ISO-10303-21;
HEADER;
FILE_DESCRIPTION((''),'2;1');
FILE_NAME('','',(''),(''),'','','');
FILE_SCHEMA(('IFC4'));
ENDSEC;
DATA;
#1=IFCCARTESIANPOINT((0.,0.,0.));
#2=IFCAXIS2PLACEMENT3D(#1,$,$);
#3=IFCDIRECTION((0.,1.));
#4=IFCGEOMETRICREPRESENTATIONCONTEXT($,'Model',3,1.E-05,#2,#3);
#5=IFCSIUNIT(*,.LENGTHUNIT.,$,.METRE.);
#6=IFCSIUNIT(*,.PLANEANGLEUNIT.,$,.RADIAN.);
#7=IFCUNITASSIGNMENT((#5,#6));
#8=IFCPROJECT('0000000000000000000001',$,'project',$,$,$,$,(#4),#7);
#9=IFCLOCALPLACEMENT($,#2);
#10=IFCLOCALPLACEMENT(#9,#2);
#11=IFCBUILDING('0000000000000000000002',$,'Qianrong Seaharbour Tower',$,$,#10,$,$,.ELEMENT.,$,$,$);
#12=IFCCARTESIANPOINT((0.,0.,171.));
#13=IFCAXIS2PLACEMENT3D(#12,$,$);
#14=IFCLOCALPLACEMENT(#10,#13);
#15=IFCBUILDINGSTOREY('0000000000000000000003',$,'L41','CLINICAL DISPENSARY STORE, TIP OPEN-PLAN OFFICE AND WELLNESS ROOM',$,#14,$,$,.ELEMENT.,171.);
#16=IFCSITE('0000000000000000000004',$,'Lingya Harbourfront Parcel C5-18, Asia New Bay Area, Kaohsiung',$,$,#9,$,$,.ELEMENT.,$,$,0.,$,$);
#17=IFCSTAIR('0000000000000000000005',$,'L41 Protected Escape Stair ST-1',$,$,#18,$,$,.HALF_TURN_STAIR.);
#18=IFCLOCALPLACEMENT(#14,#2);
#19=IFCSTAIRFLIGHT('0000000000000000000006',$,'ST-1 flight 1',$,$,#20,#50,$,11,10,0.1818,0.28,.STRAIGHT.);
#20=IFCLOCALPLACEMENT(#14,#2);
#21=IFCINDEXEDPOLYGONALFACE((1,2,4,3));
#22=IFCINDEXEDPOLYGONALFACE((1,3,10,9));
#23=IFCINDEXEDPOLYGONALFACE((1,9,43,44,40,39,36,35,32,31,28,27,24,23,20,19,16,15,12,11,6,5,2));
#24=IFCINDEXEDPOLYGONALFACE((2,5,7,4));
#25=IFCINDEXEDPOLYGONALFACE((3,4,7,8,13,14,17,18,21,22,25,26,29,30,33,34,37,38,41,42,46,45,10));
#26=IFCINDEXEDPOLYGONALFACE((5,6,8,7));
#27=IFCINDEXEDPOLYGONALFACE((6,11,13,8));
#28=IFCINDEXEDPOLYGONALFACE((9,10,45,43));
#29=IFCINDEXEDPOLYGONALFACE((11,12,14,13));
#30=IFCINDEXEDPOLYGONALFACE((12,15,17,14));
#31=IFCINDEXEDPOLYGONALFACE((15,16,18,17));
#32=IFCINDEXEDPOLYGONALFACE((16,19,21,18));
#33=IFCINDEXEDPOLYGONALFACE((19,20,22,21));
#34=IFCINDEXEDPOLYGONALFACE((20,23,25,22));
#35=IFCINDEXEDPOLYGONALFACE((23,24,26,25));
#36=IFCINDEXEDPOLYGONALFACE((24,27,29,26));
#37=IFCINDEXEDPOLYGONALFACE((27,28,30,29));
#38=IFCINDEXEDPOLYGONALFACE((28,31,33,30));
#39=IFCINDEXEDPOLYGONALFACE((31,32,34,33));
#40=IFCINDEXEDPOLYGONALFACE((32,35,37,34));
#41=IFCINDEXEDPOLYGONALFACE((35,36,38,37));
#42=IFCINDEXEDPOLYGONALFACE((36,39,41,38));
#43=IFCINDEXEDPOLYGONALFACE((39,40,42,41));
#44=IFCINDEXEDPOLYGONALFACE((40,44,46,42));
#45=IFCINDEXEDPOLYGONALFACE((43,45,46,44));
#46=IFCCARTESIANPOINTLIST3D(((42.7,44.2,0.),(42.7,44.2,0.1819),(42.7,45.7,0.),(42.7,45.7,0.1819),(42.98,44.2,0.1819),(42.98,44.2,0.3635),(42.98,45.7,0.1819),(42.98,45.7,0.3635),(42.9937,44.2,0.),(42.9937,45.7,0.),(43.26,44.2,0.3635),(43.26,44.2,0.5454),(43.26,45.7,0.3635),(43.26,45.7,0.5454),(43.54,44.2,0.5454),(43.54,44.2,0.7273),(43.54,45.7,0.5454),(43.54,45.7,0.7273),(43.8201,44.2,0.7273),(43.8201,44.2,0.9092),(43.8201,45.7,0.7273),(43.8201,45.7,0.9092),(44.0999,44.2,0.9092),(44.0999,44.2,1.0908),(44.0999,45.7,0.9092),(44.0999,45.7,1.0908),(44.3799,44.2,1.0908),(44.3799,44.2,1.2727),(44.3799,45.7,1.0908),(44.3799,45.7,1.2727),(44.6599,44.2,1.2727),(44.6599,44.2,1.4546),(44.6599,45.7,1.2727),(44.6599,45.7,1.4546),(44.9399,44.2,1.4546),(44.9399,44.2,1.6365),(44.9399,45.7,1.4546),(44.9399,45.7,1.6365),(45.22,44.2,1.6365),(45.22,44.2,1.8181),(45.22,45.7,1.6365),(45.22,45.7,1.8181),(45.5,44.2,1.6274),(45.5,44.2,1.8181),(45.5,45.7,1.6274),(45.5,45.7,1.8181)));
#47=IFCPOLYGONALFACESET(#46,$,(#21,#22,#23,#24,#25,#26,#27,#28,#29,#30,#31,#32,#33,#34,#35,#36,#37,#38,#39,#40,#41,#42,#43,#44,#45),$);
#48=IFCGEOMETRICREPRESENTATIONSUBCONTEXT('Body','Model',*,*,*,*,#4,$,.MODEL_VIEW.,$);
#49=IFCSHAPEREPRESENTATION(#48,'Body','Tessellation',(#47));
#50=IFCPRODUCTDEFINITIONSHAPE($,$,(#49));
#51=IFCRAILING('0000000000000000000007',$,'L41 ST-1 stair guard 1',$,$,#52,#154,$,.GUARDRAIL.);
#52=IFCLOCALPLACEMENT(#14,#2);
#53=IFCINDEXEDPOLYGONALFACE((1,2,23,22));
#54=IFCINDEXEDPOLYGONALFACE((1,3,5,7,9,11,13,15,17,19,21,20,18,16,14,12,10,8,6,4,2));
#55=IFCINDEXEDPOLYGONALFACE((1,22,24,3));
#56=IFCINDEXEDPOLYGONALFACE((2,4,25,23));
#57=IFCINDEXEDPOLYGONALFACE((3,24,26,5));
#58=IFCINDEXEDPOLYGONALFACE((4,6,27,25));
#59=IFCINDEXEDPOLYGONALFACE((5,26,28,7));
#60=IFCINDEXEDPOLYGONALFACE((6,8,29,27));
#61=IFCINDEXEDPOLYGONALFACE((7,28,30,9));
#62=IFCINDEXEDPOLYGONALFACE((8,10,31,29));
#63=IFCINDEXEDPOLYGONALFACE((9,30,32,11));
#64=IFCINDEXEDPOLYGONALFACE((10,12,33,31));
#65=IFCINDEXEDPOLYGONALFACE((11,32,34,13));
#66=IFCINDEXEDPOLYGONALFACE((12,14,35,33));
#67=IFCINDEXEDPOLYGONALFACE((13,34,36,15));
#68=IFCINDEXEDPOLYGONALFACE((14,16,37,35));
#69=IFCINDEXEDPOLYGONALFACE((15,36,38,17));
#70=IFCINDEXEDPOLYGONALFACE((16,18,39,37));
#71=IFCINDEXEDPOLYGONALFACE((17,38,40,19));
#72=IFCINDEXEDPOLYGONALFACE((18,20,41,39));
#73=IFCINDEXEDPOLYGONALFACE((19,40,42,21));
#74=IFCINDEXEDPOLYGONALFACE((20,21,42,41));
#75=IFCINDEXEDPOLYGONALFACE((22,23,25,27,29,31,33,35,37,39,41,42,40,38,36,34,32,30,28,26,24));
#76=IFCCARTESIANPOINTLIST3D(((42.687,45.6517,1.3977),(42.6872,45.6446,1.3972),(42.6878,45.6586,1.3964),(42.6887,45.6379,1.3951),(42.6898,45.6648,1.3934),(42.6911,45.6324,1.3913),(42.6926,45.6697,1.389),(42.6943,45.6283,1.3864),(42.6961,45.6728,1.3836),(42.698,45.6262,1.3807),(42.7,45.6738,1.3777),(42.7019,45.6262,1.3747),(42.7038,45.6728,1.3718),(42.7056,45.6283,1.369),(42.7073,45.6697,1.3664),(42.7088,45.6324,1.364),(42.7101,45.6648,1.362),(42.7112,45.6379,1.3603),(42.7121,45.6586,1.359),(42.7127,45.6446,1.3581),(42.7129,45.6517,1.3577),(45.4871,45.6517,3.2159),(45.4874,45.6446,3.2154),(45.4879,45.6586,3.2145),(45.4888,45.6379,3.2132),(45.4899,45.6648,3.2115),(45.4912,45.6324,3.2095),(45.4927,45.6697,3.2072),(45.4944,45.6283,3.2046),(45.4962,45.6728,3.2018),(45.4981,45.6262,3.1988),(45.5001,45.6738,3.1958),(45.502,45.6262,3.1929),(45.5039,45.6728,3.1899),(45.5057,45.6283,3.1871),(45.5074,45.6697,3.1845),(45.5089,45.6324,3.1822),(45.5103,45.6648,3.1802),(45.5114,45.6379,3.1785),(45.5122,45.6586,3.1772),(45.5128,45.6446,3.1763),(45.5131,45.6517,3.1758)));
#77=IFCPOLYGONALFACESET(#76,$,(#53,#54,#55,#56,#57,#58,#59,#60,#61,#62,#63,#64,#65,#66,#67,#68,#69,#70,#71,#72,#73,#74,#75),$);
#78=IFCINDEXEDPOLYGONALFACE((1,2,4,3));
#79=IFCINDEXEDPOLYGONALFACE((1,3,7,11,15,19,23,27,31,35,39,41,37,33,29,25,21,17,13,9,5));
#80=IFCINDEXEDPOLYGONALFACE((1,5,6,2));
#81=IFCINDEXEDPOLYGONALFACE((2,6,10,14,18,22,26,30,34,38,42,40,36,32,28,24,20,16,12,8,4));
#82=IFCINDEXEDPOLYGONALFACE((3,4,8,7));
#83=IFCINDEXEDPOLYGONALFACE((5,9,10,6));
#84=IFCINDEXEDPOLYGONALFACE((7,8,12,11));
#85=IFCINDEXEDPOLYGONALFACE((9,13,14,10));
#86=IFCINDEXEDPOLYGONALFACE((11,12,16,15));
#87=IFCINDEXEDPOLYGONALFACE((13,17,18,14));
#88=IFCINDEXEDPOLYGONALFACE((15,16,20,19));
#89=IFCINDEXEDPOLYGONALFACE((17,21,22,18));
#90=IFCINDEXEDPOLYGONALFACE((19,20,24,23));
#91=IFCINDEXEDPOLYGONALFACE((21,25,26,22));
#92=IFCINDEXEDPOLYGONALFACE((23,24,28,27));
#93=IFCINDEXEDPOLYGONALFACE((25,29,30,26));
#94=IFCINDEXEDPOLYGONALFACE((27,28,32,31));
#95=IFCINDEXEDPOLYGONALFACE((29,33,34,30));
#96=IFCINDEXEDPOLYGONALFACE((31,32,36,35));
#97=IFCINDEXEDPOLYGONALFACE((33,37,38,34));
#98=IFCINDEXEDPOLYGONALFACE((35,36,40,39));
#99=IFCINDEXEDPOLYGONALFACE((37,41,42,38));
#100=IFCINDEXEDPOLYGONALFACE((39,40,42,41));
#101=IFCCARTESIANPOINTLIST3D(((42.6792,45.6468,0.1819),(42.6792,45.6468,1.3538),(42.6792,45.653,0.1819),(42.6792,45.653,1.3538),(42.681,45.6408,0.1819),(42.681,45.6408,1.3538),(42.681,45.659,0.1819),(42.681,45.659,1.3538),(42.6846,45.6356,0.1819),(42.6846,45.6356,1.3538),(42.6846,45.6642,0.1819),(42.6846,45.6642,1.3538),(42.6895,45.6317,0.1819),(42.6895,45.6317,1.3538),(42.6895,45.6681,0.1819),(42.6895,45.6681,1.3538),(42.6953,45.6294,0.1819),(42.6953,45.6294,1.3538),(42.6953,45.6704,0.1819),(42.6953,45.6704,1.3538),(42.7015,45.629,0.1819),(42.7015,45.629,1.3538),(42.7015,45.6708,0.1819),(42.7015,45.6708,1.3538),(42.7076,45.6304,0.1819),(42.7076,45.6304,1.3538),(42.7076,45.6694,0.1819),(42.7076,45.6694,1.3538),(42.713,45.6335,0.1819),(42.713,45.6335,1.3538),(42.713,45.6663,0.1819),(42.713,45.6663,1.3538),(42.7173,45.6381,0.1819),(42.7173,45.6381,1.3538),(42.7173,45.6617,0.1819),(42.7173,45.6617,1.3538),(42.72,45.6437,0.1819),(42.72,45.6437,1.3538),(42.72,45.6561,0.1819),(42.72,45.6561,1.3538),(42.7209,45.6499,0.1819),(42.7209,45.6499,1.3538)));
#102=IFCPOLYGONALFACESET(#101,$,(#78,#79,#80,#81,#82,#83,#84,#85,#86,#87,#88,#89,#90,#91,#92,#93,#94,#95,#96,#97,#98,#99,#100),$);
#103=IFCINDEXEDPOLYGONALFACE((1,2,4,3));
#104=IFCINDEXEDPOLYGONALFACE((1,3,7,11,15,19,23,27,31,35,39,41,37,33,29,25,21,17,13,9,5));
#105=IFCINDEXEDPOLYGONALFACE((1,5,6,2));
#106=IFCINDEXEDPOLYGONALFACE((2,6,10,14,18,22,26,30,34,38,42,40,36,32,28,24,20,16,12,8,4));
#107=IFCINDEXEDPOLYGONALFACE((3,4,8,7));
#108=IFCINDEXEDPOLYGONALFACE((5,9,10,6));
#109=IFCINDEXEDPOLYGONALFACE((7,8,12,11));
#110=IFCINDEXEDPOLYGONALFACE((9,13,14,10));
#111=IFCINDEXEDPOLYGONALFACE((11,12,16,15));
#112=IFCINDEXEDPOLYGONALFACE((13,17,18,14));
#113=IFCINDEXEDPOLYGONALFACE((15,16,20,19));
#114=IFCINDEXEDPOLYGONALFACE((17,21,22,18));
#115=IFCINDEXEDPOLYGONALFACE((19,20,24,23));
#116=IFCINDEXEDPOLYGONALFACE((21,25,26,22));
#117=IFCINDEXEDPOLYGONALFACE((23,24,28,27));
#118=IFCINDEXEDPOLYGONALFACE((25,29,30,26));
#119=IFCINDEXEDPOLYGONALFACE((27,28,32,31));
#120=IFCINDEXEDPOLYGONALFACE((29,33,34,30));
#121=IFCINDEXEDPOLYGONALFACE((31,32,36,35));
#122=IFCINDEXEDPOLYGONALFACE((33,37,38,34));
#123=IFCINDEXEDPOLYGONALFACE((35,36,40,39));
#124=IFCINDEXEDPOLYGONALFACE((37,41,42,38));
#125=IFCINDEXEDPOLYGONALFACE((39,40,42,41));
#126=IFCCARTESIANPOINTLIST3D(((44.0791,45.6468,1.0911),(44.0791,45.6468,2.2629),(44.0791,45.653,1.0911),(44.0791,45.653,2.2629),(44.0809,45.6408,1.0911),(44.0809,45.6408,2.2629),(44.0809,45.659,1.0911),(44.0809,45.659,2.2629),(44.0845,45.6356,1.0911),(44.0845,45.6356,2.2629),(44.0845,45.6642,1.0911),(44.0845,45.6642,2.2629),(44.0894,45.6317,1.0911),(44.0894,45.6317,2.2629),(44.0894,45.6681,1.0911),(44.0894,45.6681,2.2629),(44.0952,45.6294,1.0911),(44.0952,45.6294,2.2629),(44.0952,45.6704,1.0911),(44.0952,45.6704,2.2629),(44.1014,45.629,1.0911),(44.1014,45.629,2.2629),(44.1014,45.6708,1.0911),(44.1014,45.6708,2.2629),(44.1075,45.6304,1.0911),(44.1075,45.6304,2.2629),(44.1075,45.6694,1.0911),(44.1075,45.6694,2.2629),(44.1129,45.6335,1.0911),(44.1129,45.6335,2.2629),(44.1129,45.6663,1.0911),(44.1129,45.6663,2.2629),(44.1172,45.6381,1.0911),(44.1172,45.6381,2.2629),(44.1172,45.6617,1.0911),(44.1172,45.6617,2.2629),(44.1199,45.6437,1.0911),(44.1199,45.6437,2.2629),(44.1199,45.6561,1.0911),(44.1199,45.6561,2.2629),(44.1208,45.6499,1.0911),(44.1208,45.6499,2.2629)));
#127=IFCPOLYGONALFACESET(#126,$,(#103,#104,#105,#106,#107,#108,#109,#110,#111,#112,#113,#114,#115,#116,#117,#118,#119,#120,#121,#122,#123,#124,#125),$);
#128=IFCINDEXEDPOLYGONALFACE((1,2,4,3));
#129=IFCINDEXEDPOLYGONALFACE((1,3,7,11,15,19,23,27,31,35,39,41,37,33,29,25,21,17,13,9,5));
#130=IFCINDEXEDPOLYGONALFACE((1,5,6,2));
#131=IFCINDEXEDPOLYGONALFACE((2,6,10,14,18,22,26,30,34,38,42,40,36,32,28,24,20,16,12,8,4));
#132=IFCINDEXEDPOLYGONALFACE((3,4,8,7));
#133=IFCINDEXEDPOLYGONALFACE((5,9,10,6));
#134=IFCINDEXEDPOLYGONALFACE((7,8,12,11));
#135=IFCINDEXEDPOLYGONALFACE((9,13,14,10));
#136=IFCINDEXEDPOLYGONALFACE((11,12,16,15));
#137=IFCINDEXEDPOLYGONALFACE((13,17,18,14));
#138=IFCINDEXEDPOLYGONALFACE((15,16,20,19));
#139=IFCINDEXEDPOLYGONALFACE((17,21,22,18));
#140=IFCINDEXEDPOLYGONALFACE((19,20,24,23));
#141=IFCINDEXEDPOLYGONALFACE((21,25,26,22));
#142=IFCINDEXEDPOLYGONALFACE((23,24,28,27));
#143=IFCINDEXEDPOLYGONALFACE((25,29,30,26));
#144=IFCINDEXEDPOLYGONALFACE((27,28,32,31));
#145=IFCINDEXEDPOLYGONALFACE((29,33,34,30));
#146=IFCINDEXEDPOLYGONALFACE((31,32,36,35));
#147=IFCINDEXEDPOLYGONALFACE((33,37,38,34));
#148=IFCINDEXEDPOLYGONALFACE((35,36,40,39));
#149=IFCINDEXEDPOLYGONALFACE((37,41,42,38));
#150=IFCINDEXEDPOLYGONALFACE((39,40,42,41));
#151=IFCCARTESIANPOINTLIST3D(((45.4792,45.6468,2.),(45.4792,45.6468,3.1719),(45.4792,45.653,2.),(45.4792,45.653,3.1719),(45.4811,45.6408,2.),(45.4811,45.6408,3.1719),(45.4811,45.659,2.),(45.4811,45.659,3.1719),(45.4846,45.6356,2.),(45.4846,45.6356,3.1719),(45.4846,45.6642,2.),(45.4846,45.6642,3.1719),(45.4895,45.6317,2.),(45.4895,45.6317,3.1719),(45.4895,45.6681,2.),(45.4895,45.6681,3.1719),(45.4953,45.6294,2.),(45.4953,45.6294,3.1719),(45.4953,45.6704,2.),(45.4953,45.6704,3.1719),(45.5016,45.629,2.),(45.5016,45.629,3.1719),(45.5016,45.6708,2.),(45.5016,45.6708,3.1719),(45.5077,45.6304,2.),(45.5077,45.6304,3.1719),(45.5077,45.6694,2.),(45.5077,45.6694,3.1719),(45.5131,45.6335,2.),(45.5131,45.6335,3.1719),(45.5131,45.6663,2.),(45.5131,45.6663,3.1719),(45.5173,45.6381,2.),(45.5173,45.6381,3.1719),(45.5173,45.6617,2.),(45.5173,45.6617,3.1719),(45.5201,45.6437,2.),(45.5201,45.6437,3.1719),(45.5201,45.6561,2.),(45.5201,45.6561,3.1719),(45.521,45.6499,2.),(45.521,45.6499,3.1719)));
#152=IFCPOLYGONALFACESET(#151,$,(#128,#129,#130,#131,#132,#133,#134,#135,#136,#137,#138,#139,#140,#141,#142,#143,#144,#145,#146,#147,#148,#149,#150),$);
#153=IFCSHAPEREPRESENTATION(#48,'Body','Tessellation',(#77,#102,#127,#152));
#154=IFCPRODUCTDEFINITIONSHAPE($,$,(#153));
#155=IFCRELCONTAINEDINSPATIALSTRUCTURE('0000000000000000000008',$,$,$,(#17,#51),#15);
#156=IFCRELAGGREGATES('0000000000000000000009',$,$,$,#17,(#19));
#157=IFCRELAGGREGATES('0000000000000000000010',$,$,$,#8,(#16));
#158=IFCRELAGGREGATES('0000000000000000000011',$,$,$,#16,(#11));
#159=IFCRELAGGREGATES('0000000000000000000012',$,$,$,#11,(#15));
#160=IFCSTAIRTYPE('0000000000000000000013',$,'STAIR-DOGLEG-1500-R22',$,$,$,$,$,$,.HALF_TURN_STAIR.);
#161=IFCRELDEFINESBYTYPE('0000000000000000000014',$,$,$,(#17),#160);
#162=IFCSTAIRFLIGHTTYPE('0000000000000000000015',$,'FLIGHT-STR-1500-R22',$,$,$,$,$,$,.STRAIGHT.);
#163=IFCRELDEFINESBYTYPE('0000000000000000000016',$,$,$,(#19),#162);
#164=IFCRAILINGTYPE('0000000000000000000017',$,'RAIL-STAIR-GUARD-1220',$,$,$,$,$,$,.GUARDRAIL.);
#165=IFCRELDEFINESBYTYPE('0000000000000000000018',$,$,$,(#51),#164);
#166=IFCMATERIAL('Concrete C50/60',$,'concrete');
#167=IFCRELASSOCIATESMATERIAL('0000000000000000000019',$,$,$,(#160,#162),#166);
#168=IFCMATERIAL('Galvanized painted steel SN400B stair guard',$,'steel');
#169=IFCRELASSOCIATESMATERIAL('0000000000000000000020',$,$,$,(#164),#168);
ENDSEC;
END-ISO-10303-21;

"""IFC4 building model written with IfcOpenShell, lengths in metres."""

from ifc_helpers import new_model, si_unit, direction, frame, origin, origin_2d, place, context, subcontext, project, spatial, polyline, circle, outline, extrude, material, type_object, element, aggregate, save


model = new_model("IFC4")

# Units and contexts
model_context = context("Model", 3, precision=1e-05, world=origin(), true_north=direction((0.0, 1.0)))
body_context = subcontext(model_context, "Body", "Model", "MODEL_VIEW")
ifc_project = project(units=[si_unit("LENGTHUNIT", "METRE"), si_unit("PLANEANGLEUNIT", "RADIAN")], contexts=[model_context])

# Site, building, storey
site_placement = place(None, origin())
site = spatial("IfcSite", under=ifc_project, at=site_placement, Name="Lingya Harbourfront Parcel C5-18, Asia New Bay Area, Kaohsiung", CompositionType="ELEMENT", RefElevation=0.0)
building_placement = place(site_placement, origin())
building = spatial("IfcBuilding", under=site, at=building_placement, Name="Qianrong Seaharbour Tower", CompositionType="ELEMENT")
storey_placement = place(building_placement, frame((0.0, 0.0, 171.0)))
storey = spatial("IfcBuildingStorey", under=building, at=storey_placement, Name="L41", Description="CLINICAL DISPENSARY STORE, TIP OPEN-PLAN OFFICE AND WELLNESS ROOM", CompositionType="ELEMENT", Elevation=171.0)

# Shared definitions
ifc_material_1 = material(Name="Concrete C50/60", Category="concrete")

# Stair, stair flight
stair_type = type_object("IfcStairType", Name="STAIR-DOGLEG-1500-R22", PredefinedType="HALF_TURN_STAIR", material=ifc_material_1)
stair_placement = place(storey_placement, origin())
stair = element("IfcStair", 1, at=stair_placement, inside=storey, type_object=stair_type, Name="L41 Protected Escape Stair ST-1", PredefinedType="HALF_TURN_STAIR")
stair_flight_type = type_object("IfcStairFlightType", Name="FLIGHT-STR-1500-R22", PredefinedType="STRAIGHT", material=ifc_material_1)
stair_flight_placement = place(storey_placement, frame((42.7, 44.95, 0.0), z_axis=(0.0, 0.0, 1.0), x_axis=(1.0, 0.0, 0.0)))
stair_flight = element("IfcStairFlight", 2, at=stair_flight_placement, type_object=stair_flight_type, Name="ST-1 flight 1", NumberOfRisers=11, NumberOfTreads=10, PredefinedType="STRAIGHT", RiserHeight=0.1818, TreadLength=0.28, context=body_context, shape_type="SweptSolid", body=[
    extrude(outline(polyline([(0.0, 0.0), (0.0, 0.1819), (0.28, 0.1819), (0.28, 0.3635), (0.5601, 0.3635), (0.5601, 0.5454), (0.8401, 0.5454), (0.8401, 0.7273), (1.1201, 0.7273), (1.1201, 0.9092), (1.3999, 0.9092), (1.3999, 1.0908), (1.6799, 1.0908), (1.6799, 1.2727), (1.96, 1.2727), (1.96, 1.4546), (2.24, 1.4546), (2.24, 1.6365), (2.52, 1.6365), (2.52, 1.8181), (2.8, 1.8181), (2.8, 2.0), (2.8, 1.6274), (0.2937, 0.0), (0.0, 0.0)])), frame((0.0, 0.75, 0.0), z_axis=(0.0, -1.0, 0.0), x_axis=(1.0, 0.0, 0.0)), (0.0, 0.0, 1.0), 1.5),
])
aggregate(stair, [stair_flight])

# Railing
ifc_material_2 = material(Name="Galvanized painted steel SN400B stair guard", Category="steel")
railing_type_1 = type_object("IfcRailingType", Name="RAIL-STAIR-GUARD-1220", PredefinedType="GUARDRAIL", material=ifc_material_2)
railing_1_placement = place(storey_placement, frame((42.7, 45.6499, 0.1819)))
element("IfcRailing", 3, at=railing_1_placement, inside=storey, type_object=railing_type_1, Name="L41 ST-1 stair guard 1", PredefinedType="GUARDRAIL", context=body_context, shape_type="SweptSolid", body=[
    extrude(circle(Radius=0.0239, at=origin_2d()), frame((0.0, 0.0, 1.1958), z_axis=(0.838706, 0.0, 0.544585), x_axis=(0.0, 1.0, 0.0)), (0.0, 0.0, 1.0), 3.3386),
    extrude(circle(Radius=0.021, at=origin_2d()), origin(), (0.0, 0.0, 1.0), 1.1719),
    extrude(circle(Radius=0.021, at=origin_2d()), frame((1.3999, 0.0, 0.9092)), (0.0, 0.0, 1.0), 1.1719),
    extrude(circle(Radius=0.021, at=origin_2d()), frame((2.8, 0.0, 1.8181)), (0.0, 0.0, 1.0), 1.1719),
])

save(model, "model.ifc")
